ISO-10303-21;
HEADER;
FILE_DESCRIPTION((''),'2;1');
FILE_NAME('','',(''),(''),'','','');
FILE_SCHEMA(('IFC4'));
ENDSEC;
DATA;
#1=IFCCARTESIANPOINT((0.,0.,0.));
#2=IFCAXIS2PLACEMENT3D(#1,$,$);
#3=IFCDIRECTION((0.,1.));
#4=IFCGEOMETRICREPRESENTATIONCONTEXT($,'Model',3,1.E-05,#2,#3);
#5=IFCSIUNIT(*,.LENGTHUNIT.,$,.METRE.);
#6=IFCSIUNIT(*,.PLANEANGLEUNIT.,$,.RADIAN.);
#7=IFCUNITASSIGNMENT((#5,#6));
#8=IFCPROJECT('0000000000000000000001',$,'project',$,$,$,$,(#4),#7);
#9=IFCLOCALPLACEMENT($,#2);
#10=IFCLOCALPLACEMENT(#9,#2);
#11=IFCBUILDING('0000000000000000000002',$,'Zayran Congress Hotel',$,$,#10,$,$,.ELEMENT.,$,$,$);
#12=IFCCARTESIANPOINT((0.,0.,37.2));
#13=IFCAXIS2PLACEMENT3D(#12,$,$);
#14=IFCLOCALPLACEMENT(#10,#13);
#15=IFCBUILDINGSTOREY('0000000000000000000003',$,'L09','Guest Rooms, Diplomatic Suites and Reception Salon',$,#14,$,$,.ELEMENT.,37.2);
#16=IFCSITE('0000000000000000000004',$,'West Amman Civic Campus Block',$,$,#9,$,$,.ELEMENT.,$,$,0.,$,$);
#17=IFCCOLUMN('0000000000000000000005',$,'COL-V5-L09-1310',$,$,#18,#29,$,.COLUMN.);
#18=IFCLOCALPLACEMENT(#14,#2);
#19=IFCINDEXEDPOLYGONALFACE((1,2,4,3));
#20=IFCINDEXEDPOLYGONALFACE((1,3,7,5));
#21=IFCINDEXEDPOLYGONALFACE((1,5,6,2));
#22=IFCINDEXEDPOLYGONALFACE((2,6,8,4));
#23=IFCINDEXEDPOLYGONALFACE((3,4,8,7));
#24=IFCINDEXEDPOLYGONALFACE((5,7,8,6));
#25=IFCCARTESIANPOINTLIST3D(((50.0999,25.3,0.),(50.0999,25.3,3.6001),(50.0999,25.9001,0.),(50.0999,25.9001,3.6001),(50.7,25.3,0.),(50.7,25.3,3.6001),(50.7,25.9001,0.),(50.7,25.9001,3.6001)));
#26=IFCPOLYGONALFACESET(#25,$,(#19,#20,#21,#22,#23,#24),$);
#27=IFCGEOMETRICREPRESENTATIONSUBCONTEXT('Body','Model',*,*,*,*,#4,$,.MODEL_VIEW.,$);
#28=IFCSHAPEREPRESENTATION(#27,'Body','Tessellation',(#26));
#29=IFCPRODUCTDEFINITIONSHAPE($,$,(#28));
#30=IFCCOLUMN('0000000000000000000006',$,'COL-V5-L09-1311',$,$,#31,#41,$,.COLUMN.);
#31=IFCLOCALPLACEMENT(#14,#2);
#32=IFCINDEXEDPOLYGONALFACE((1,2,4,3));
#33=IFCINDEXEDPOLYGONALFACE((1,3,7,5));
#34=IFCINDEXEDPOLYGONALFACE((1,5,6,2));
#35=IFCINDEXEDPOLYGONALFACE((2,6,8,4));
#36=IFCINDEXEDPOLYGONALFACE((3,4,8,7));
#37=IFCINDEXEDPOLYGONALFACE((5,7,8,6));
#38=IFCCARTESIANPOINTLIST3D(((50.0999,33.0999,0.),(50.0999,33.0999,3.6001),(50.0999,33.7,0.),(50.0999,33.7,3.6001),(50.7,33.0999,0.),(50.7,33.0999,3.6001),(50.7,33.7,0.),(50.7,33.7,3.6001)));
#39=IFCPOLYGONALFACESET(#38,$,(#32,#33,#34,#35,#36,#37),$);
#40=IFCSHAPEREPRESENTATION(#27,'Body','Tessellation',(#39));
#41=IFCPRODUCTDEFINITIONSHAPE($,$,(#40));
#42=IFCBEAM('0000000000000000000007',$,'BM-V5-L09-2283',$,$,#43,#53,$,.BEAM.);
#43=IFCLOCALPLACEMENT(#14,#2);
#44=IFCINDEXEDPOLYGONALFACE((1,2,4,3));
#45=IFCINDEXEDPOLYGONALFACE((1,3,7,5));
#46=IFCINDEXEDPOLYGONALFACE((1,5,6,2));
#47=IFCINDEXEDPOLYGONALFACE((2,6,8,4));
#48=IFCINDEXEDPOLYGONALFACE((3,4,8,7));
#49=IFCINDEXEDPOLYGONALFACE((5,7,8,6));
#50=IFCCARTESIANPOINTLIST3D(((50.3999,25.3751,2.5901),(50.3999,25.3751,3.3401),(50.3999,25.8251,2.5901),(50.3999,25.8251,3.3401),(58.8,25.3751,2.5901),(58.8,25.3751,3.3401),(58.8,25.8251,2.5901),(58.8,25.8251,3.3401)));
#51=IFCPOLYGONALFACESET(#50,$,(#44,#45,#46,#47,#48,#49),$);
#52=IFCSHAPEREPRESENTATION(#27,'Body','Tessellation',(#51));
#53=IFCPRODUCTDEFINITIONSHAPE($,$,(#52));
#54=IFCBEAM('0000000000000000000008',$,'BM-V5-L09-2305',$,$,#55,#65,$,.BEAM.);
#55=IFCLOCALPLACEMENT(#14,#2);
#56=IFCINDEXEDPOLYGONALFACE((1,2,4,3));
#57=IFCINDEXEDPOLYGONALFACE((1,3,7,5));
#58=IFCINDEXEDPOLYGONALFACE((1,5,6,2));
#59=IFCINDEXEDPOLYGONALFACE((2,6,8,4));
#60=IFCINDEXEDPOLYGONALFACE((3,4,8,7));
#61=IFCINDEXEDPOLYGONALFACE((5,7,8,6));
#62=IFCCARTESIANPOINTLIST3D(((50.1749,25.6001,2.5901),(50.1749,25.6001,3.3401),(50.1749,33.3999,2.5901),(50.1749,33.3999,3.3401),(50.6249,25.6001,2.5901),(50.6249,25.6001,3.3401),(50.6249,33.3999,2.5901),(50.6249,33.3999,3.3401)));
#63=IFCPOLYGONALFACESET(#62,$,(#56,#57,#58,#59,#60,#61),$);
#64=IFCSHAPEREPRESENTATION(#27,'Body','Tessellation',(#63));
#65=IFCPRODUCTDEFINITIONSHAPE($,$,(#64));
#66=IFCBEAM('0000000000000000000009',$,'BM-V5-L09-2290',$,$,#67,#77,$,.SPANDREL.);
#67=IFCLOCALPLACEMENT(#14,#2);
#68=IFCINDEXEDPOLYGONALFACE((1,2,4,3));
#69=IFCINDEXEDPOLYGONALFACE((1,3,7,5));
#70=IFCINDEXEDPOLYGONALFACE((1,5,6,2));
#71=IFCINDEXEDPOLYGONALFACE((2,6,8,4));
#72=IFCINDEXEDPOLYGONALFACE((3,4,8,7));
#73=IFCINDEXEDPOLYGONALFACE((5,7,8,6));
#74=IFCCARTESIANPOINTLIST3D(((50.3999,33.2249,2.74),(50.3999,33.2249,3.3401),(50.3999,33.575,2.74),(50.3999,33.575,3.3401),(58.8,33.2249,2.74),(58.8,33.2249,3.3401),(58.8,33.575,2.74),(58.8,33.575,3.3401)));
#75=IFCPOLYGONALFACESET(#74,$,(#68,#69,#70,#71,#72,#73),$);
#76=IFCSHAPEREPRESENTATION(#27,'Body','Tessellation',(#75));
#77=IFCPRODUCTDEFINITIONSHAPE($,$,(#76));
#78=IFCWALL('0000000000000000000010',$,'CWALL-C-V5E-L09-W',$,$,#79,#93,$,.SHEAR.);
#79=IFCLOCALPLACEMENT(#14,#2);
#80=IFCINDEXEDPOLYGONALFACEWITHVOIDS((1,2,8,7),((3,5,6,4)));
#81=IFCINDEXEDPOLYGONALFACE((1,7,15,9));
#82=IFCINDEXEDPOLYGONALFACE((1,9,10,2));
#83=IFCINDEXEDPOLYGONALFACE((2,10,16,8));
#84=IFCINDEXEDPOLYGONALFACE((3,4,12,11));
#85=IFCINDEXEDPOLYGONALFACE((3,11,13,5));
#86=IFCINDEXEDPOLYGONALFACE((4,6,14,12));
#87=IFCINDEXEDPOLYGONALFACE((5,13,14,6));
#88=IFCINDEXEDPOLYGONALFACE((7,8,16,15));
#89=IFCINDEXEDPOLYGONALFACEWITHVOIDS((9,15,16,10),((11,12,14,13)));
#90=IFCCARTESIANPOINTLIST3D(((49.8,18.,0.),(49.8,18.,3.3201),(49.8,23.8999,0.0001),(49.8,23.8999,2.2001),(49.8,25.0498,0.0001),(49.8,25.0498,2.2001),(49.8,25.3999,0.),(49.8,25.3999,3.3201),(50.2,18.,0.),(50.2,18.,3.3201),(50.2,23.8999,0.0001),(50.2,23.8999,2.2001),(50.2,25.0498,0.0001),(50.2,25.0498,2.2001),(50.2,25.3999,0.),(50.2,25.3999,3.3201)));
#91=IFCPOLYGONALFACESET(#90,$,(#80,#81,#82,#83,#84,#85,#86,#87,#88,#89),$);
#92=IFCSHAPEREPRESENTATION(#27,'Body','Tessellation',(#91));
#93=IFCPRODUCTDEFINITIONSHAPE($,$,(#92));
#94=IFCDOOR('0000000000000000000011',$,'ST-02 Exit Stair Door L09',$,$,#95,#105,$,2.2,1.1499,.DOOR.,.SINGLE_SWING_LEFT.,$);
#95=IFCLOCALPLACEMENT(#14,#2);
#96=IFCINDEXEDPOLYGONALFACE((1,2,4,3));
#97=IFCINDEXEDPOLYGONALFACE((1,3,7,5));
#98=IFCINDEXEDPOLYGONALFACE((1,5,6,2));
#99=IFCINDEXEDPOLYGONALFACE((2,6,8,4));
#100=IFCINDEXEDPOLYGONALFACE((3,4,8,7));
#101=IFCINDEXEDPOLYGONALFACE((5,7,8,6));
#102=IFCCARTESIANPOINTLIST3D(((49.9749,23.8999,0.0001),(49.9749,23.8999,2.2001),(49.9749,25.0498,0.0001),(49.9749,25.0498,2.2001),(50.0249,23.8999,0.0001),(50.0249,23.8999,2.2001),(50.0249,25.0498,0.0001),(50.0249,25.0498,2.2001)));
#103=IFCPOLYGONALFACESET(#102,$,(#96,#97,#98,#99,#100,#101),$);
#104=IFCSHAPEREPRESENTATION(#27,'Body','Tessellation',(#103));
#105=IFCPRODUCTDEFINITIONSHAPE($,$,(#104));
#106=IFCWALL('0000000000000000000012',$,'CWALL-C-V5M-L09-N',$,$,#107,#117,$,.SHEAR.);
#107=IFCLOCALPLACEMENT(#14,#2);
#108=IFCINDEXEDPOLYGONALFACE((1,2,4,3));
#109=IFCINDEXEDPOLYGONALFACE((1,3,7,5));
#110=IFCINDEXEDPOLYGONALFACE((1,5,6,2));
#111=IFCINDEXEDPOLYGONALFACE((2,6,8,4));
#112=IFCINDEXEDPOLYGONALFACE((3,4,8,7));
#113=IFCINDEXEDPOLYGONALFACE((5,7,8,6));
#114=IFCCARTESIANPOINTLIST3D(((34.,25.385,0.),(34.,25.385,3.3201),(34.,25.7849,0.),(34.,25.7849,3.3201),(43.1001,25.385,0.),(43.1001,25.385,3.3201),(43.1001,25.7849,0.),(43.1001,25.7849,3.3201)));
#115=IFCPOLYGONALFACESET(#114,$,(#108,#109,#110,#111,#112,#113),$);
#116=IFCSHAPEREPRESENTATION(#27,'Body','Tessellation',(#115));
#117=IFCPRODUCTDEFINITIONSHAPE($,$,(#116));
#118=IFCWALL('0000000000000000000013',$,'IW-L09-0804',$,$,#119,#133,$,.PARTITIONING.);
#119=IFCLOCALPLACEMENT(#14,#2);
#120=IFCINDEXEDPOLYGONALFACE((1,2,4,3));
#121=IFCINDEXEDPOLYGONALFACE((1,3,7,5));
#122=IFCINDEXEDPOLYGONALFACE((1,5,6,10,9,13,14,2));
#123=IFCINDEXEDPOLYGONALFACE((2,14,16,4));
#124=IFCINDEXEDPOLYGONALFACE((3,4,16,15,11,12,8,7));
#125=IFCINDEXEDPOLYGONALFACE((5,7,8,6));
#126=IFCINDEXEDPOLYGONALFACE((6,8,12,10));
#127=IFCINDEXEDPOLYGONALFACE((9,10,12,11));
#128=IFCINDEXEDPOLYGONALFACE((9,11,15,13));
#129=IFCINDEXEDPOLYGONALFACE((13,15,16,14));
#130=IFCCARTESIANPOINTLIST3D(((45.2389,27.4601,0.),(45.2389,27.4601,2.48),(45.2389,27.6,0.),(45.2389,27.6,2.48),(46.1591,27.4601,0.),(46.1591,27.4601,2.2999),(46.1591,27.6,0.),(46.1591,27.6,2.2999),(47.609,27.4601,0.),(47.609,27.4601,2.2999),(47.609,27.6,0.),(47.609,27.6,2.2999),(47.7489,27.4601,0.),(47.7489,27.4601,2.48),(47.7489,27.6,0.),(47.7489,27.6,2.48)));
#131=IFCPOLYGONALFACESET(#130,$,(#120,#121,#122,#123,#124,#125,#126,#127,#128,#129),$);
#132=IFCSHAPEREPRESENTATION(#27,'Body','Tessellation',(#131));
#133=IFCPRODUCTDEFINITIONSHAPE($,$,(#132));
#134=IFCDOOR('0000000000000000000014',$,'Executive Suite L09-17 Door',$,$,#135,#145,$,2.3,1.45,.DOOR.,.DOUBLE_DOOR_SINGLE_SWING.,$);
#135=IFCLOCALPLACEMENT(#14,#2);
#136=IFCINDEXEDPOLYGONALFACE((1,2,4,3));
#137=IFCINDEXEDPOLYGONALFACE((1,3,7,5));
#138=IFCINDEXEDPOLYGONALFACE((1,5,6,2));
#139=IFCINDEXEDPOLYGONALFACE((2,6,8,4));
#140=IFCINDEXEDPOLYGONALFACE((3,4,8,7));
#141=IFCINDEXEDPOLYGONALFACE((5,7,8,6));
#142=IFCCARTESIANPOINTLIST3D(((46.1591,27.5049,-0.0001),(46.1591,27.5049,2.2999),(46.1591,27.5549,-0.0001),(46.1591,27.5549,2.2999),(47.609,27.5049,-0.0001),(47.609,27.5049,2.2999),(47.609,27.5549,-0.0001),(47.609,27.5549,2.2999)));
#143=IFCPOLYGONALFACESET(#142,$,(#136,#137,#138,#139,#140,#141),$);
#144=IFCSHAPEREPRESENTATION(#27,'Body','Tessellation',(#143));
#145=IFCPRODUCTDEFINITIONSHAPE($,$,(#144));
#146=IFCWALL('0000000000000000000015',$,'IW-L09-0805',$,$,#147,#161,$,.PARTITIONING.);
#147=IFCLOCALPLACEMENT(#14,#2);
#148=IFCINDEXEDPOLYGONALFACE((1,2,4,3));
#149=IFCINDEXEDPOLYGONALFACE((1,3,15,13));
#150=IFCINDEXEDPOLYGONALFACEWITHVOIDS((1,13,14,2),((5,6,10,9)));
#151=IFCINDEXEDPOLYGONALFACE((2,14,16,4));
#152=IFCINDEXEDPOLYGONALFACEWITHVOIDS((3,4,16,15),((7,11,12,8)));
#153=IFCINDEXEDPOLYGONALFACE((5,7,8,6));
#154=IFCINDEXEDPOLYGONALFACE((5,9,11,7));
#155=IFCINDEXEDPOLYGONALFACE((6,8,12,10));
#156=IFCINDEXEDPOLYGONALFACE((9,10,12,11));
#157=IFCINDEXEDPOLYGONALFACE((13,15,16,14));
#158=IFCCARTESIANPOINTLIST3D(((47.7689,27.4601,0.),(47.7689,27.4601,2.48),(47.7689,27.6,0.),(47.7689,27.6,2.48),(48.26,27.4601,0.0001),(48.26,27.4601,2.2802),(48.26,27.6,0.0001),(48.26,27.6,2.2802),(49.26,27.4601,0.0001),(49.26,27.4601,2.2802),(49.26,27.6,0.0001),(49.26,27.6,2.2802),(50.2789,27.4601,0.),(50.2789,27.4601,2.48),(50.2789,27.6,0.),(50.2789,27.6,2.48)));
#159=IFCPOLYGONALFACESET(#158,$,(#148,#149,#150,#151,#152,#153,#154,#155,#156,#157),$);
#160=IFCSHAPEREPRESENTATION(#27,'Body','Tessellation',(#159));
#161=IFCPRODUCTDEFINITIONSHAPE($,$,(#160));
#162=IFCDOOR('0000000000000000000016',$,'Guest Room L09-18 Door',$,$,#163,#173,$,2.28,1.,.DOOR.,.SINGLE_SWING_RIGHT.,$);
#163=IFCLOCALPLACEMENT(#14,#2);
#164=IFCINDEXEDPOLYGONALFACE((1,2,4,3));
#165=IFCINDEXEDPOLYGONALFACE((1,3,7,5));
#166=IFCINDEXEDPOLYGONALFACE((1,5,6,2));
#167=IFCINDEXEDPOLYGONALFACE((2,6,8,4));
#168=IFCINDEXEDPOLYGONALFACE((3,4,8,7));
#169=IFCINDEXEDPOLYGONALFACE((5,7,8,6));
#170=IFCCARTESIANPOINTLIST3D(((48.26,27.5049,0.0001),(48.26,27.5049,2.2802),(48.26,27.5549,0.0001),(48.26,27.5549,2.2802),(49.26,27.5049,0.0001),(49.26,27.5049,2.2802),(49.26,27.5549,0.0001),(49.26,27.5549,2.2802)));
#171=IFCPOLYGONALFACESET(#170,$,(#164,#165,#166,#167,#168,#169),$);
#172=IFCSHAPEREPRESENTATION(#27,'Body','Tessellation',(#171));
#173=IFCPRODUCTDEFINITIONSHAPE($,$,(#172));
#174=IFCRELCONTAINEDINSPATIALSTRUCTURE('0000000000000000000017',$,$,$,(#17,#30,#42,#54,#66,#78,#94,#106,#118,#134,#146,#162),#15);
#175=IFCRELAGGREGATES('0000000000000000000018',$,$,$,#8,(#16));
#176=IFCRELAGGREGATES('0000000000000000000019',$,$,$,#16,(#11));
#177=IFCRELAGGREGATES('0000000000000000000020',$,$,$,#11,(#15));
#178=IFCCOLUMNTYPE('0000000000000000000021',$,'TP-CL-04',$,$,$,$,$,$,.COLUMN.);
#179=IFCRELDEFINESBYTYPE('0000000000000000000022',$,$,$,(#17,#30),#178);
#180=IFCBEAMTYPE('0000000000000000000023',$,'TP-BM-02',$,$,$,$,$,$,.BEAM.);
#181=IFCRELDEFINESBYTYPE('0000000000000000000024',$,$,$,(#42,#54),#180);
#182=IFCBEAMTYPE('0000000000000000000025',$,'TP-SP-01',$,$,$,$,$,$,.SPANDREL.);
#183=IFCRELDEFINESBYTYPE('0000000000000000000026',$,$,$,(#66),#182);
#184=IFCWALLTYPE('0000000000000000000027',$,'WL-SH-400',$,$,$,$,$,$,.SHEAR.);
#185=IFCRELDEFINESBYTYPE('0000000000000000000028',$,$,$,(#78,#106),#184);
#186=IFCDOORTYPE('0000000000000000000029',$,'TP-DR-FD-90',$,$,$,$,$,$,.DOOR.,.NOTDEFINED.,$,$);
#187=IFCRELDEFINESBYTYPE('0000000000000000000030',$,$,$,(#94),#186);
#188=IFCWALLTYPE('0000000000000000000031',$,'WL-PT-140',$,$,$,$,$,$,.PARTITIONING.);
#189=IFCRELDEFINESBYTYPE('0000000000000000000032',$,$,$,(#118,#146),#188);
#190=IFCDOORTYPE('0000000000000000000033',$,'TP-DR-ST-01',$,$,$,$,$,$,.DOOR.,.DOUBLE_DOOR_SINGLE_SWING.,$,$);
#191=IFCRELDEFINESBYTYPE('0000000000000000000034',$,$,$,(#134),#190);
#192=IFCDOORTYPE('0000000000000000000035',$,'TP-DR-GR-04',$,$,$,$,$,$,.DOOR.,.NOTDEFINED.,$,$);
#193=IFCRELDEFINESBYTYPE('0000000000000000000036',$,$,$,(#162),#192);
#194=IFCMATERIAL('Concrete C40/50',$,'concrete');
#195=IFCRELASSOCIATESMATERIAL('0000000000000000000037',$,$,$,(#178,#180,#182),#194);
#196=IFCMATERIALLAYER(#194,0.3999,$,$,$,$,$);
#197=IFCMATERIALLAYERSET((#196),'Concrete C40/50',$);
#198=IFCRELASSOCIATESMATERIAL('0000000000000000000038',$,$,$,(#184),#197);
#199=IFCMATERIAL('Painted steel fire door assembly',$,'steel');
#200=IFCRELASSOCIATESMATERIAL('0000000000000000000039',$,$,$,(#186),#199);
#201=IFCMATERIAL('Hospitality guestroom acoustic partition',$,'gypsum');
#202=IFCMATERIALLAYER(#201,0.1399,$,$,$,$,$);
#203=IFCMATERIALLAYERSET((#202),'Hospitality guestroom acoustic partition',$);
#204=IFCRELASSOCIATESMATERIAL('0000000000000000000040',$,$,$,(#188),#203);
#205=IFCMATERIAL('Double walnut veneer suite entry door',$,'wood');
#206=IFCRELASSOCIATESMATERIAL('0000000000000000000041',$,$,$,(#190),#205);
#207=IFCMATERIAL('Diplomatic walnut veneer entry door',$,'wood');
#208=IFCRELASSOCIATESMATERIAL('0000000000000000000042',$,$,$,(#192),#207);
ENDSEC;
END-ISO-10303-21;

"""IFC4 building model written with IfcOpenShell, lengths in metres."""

from ifc_helpers import new_model, si_unit, direction, frame, frame_2d, origin, origin_2d, place, context, subcontext, project, spatial, rectangle, extrude, material, layer, layer_set, material_profile, profile_set, type_object, element, fill, save


model = new_model("IFC4")

# Units and contexts
model_context = context("Model", 3, precision=1e-05, world=origin(), true_north=direction((0.0, 1.0)))
body_context = subcontext(model_context, "Body", "Model", "MODEL_VIEW")
ifc_project = project(units=[si_unit("LENGTHUNIT", "METRE"), si_unit("PLANEANGLEUNIT", "RADIAN")], contexts=[model_context])

# Site, building, storey
site_placement = place(None, origin())
site = spatial("IfcSite", under=ifc_project, at=site_placement, Name="West Amman Civic Campus Block", CompositionType="ELEMENT", RefElevation=0.0)
building_placement = place(site_placement, origin())
building = spatial("IfcBuilding", under=site, at=building_placement, Name="Zayran Congress Hotel", CompositionType="ELEMENT")
storey_placement = place(building_placement, frame((0.0, 0.0, 37.2)))
storey = spatial("IfcBuildingStorey", under=building, at=storey_placement, Name="L09", Description="Guest Rooms, Diplomatic Suites and Reception Salon", CompositionType="ELEMENT", Elevation=37.2)

# Columns
ifc_material_1 = material(Name="Concrete C40/50", Category="concrete")
ifc_material_profile_1 = material_profile(ifc_material_1, rectangle(XDim=0.6001, YDim=0.6001, at=origin_2d()), Name="RC 600x600")
ifc_profile_set_1 = profile_set([ifc_material_profile_1], Name="Concrete C40/50")
column_type = type_object("IfcColumnType", Name="TP-CL-04", PredefinedType="COLUMN", material=ifc_profile_set_1)
for number, where, z_axis, x_axis, name in (
    (1, (50.3999, 25.6001, 0.0), (0.0, 0.0, 1.0), (1.0, 0.0, 0.0), "COL-V5-L09-1310"),
    (2, (50.3999, 33.3999, 0.0), (0.0, 0.0, 1.0), (1.0, 0.0, 0.0), "COL-V5-L09-1311"),
):
    element("IfcColumn", number, at=place(storey_placement, frame(where, z_axis=z_axis, x_axis=x_axis)), inside=storey, type_object=column_type, Name=name, PredefinedType="COLUMN", context=body_context, shape_type="SweptSolid", body=[
        extrude(rectangle(XDim=0.6001, YDim=0.6001, at=origin_2d()), origin(), (0.0, 0.0, 1.0), 3.6001),
    ])

# Beams
ifc_material_profile_2 = material_profile(ifc_material_1, rectangle(XDim=0.45, YDim=0.75, at=origin_2d()), Name="RC 450x750")
ifc_profile_set_2 = profile_set([ifc_material_profile_2], Name="Concrete C40/50")
beam_type_1 = type_object("IfcBeamType", Name="TP-BM-02", PredefinedType="BEAM", material=ifc_profile_set_2)
beam_1_placement = place(storey_placement, frame((50.3999, 25.6001, 2.9651), z_axis=(1.0, 0.0, 0.0), x_axis=(0.0, 1.0, 0.0)))
element("IfcBeam", 3, at=beam_1_placement, inside=storey, type_object=beam_type_1, Name="BM-V5-L09-2283", PredefinedType="BEAM", context=body_context, shape_type="SweptSolid", body=[
    extrude(rectangle(XDim=0.45, YDim=0.75, at=origin_2d()), origin(), (0.0, 0.0, 1.0), 8.4001),
])
beam_2_placement = place(storey_placement, frame((50.3999, 25.6001, 2.9651), z_axis=(0.0, 1.0, 0.0), x_axis=(-1.0, 0.0, 0.0)))
element("IfcBeam", 4, at=beam_2_placement, inside=storey, type_object=beam_type_1, Name="BM-V5-L09-2305", PredefinedType="BEAM", context=body_context, shape_type="SweptSolid", body=[
    extrude(rectangle(XDim=0.45, YDim=0.75, at=origin_2d()), origin(), (0.0, 0.0, 1.0), 7.7998),
])
ifc_material_profile_3 = material_profile(ifc_material_1, rectangle(XDim=0.3501, YDim=0.6001, at=origin_2d()), Name="RC 350x600")
ifc_profile_set_3 = profile_set([ifc_material_profile_3], Name="Concrete C40/50")
beam_type_2 = type_object("IfcBeamType", Name="TP-SP-01", PredefinedType="SPANDREL", material=ifc_profile_set_3)
beam_3_placement = place(storey_placement, frame((50.3999, 33.3999, 3.04), z_axis=(1.0, 0.0, 0.0), x_axis=(0.0, 1.0, 0.0)))
element("IfcBeam", 5, at=beam_3_placement, inside=storey, type_object=beam_type_2, Name="BM-V5-L09-2290", PredefinedType="SPANDREL", context=body_context, shape_type="SweptSolid", body=[
    extrude(rectangle(XDim=0.3501, YDim=0.6001, at=origin_2d()), origin(), (0.0, 0.0, 1.0), 8.4001),
])

# Wall, opening, door
ifc_layer_1 = layer(ifc_material_1, 0.3999)
ifc_layer_set_1 = layer_set([ifc_layer_1], Name="Concrete C40/50")
wall_type_1 = type_object("IfcWallType", Name="WL-SH-400", PredefinedType="SHEAR", material=ifc_layer_set_1)
wall_1_placement = place(storey_placement, frame((50.0, 25.3999, 0.0), z_axis=(0.0, 0.0, 1.0), x_axis=(0.0, -1.0, 0.0)))
wall_1 = element("IfcWall", 6, at=wall_1_placement, inside=storey, type_object=wall_type_1, Name="CWALL-C-V5E-L09-W", PredefinedType="SHEAR", context=body_context, shape_type="SweptSolid", body=[
    extrude(rectangle(XDim=7.3999, YDim=0.3999, at=frame_2d((3.7, 0.0))), origin(), (0.0, 0.0, 1.0), 3.3201),
])
opening_1_placement = place(wall_1_placement, frame((0.3501, 0.0, 0.0)))
opening_1 = element("IfcOpeningElement", 7, at=opening_1_placement, cuts=wall_1, PredefinedType="OPENING", context=body_context, shape_type="SweptSolid", body=[
    extrude(rectangle(XDim=1.1499, YDim=2.2, at=frame_2d((0.575, 1.1001))), frame((0.0, 0.21, 0.0), z_axis=(0.0, -1.0, 0.0), x_axis=(1.0, 0.0, 0.0)), (0.0, 0.0, 1.0), 0.4199),
])
ifc_material_2 = material(Name="Painted steel fire door assembly", Category="steel")
door_type_1 = type_object("IfcDoorType", Name="TP-DR-FD-90", OperationType="NOTDEFINED", PredefinedType="DOOR", material=ifc_material_2)
door_1_placement = place(opening_1_placement, origin())
door_1 = element("IfcDoor", 8, at=door_1_placement, inside=storey, type_object=door_type_1, Name="ST-02 Exit Stair Door L09", OperationType="SINGLE_SWING_LEFT", OverallHeight=2.2, OverallWidth=1.1499, PredefinedType="DOOR", context=body_context, shape_type="SweptSolid", body=[
    extrude(rectangle(XDim=1.1499, YDim=2.2, at=frame_2d((0.575, 1.1001))), frame((0.0, 0.0249, 0.0), z_axis=(0.0, -1.0, 0.0), x_axis=(1.0, 0.0, 0.0)), (0.0, 0.0, 1.0), 0.05),
])
fill(opening_1, door_1)

# Wall
wall_2_placement = place(storey_placement, frame((43.1001, 25.585, 0.0), z_axis=(0.0, 0.0, 1.0), x_axis=(-1.0, 0.0, 0.0)))
element("IfcWall", 9, at=wall_2_placement, inside=storey, type_object=wall_type_1, Name="CWALL-C-V5M-L09-N", PredefinedType="SHEAR", context=body_context, shape_type="SweptSolid", body=[
    extrude(rectangle(XDim=9.1001, YDim=0.3999, at=frame_2d((4.55, 0.0))), origin(), (0.0, 0.0, 1.0), 3.3201),
])

# Walls, openings, doors
ifc_material_3 = material(Name="Hospitality guestroom acoustic partition", Category="gypsum")
ifc_layer_2 = layer(ifc_material_3, 0.1399)
ifc_layer_set_2 = layer_set([ifc_layer_2], Name="Hospitality guestroom acoustic partition")
wall_type_2 = type_object("IfcWallType", Name="WL-PT-140", PredefinedType="PARTITIONING", material=ifc_layer_set_2)
wall_3_placement = place(storey_placement, frame((45.239, 27.53, 0.0), z_axis=(0.0, 0.0, 1.0), x_axis=(1.0, 0.0, 0.0)))
wall_3 = element("IfcWall", 10, at=wall_3_placement, inside=storey, type_object=wall_type_2, Name="IW-L09-0804", PredefinedType="PARTITIONING", context=body_context, shape_type="SweptSolid", body=[
    extrude(rectangle(XDim=2.51, YDim=0.1399, at=frame_2d((1.2549, 0.0))), origin(), (0.0, 0.0, 1.0), 2.48),
])
opening_2_placement = place(wall_3_placement, frame((0.9199, 0.0, 0.0)))
opening_2 = element("IfcOpeningElement", 11, at=opening_2_placement, cuts=wall_3, PredefinedType="OPENING", context=body_context, shape_type="SweptSolid", body=[
    extrude(rectangle(XDim=1.45, YDim=2.3, at=frame_2d((0.7251, 1.1499))), frame((0.0, 0.0798, 0.0), z_axis=(0.0, -1.0, 0.0), x_axis=(1.0, 0.0, 0.0)), (0.0, 0.0, 1.0), 0.1599),
])
ifc_material_4 = material(Name="Double walnut veneer suite entry door", Category="wood")
door_type_2 = type_object("IfcDoorType", Name="TP-DR-ST-01", OperationType="DOUBLE_DOOR_SINGLE_SWING", PredefinedType="DOOR", material=ifc_material_4)
door_2_placement = place(opening_2_placement, origin())
door_2 = element("IfcDoor", 12, at=door_2_placement, inside=storey, type_object=door_type_2, Name="Executive Suite L09-17 Door", OperationType="DOUBLE_DOOR_SINGLE_SWING", OverallHeight=2.3, OverallWidth=1.45, PredefinedType="DOOR", context=body_context, shape_type="SweptSolid", body=[
    extrude(rectangle(XDim=1.45, YDim=2.3, at=frame_2d((0.7251, 1.1499))), frame((0.0, 0.0249, 0.0), z_axis=(0.0, -1.0, 0.0), x_axis=(1.0, 0.0, 0.0)), (0.0, 0.0, 1.0), 0.05),
])
fill(opening_2, door_2)
wall_4_placement = place(storey_placement, frame((47.769, 27.53, 0.0), z_axis=(0.0, 0.0, 1.0), x_axis=(1.0, 0.0, 0.0)))
wall_4 = element("IfcWall", 13, at=wall_4_placement, inside=storey, type_object=wall_type_2, Name="IW-L09-0805", PredefinedType="PARTITIONING", context=body_context, shape_type="SweptSolid", body=[
    extrude(rectangle(XDim=2.51, YDim=0.1399, at=frame_2d((1.2549, 0.0))), origin(), (0.0, 0.0, 1.0), 2.48),
])
opening_3_placement = place(wall_4_placement, frame((0.491, 0.0, 0.0)))
opening_3 = element("IfcOpeningElement", 14, at=opening_3_placement, cuts=wall_4, PredefinedType="OPENING", context=body_context, shape_type="SweptSolid", body=[
    extrude(rectangle(XDim=1.0, YDim=2.28, at=frame_2d((0.5, 1.1401))), frame((0.0, 0.0798, 0.0), z_axis=(0.0, -1.0, 0.0), x_axis=(1.0, 0.0, 0.0)), (0.0, 0.0, 1.0), 0.1599),
])
ifc_material_5 = material(Name="Diplomatic walnut veneer entry door", Category="wood")
door_type_3 = type_object("IfcDoorType", Name="TP-DR-GR-04", OperationType="NOTDEFINED", PredefinedType="DOOR", material=ifc_material_5)
door_3_placement = place(opening_3_placement, origin())
door_3 = element("IfcDoor", 15, at=door_3_placement, inside=storey, type_object=door_type_3, Name="Guest Room L09-18 Door", OperationType="SINGLE_SWING_RIGHT", OverallHeight=2.28, OverallWidth=1.0, PredefinedType="DOOR", context=body_context, shape_type="SweptSolid", body=[
    extrude(rectangle(XDim=1.0, YDim=2.28, at=frame_2d((0.5, 1.1401))), frame((0.0, 0.0249, 0.0), z_axis=(0.0, -1.0, 0.0), x_axis=(1.0, 0.0, 0.0)), (0.0, 0.0, 1.0), 0.05),
])
fill(opening_3, door_3)

save(model, "model.ifc")
